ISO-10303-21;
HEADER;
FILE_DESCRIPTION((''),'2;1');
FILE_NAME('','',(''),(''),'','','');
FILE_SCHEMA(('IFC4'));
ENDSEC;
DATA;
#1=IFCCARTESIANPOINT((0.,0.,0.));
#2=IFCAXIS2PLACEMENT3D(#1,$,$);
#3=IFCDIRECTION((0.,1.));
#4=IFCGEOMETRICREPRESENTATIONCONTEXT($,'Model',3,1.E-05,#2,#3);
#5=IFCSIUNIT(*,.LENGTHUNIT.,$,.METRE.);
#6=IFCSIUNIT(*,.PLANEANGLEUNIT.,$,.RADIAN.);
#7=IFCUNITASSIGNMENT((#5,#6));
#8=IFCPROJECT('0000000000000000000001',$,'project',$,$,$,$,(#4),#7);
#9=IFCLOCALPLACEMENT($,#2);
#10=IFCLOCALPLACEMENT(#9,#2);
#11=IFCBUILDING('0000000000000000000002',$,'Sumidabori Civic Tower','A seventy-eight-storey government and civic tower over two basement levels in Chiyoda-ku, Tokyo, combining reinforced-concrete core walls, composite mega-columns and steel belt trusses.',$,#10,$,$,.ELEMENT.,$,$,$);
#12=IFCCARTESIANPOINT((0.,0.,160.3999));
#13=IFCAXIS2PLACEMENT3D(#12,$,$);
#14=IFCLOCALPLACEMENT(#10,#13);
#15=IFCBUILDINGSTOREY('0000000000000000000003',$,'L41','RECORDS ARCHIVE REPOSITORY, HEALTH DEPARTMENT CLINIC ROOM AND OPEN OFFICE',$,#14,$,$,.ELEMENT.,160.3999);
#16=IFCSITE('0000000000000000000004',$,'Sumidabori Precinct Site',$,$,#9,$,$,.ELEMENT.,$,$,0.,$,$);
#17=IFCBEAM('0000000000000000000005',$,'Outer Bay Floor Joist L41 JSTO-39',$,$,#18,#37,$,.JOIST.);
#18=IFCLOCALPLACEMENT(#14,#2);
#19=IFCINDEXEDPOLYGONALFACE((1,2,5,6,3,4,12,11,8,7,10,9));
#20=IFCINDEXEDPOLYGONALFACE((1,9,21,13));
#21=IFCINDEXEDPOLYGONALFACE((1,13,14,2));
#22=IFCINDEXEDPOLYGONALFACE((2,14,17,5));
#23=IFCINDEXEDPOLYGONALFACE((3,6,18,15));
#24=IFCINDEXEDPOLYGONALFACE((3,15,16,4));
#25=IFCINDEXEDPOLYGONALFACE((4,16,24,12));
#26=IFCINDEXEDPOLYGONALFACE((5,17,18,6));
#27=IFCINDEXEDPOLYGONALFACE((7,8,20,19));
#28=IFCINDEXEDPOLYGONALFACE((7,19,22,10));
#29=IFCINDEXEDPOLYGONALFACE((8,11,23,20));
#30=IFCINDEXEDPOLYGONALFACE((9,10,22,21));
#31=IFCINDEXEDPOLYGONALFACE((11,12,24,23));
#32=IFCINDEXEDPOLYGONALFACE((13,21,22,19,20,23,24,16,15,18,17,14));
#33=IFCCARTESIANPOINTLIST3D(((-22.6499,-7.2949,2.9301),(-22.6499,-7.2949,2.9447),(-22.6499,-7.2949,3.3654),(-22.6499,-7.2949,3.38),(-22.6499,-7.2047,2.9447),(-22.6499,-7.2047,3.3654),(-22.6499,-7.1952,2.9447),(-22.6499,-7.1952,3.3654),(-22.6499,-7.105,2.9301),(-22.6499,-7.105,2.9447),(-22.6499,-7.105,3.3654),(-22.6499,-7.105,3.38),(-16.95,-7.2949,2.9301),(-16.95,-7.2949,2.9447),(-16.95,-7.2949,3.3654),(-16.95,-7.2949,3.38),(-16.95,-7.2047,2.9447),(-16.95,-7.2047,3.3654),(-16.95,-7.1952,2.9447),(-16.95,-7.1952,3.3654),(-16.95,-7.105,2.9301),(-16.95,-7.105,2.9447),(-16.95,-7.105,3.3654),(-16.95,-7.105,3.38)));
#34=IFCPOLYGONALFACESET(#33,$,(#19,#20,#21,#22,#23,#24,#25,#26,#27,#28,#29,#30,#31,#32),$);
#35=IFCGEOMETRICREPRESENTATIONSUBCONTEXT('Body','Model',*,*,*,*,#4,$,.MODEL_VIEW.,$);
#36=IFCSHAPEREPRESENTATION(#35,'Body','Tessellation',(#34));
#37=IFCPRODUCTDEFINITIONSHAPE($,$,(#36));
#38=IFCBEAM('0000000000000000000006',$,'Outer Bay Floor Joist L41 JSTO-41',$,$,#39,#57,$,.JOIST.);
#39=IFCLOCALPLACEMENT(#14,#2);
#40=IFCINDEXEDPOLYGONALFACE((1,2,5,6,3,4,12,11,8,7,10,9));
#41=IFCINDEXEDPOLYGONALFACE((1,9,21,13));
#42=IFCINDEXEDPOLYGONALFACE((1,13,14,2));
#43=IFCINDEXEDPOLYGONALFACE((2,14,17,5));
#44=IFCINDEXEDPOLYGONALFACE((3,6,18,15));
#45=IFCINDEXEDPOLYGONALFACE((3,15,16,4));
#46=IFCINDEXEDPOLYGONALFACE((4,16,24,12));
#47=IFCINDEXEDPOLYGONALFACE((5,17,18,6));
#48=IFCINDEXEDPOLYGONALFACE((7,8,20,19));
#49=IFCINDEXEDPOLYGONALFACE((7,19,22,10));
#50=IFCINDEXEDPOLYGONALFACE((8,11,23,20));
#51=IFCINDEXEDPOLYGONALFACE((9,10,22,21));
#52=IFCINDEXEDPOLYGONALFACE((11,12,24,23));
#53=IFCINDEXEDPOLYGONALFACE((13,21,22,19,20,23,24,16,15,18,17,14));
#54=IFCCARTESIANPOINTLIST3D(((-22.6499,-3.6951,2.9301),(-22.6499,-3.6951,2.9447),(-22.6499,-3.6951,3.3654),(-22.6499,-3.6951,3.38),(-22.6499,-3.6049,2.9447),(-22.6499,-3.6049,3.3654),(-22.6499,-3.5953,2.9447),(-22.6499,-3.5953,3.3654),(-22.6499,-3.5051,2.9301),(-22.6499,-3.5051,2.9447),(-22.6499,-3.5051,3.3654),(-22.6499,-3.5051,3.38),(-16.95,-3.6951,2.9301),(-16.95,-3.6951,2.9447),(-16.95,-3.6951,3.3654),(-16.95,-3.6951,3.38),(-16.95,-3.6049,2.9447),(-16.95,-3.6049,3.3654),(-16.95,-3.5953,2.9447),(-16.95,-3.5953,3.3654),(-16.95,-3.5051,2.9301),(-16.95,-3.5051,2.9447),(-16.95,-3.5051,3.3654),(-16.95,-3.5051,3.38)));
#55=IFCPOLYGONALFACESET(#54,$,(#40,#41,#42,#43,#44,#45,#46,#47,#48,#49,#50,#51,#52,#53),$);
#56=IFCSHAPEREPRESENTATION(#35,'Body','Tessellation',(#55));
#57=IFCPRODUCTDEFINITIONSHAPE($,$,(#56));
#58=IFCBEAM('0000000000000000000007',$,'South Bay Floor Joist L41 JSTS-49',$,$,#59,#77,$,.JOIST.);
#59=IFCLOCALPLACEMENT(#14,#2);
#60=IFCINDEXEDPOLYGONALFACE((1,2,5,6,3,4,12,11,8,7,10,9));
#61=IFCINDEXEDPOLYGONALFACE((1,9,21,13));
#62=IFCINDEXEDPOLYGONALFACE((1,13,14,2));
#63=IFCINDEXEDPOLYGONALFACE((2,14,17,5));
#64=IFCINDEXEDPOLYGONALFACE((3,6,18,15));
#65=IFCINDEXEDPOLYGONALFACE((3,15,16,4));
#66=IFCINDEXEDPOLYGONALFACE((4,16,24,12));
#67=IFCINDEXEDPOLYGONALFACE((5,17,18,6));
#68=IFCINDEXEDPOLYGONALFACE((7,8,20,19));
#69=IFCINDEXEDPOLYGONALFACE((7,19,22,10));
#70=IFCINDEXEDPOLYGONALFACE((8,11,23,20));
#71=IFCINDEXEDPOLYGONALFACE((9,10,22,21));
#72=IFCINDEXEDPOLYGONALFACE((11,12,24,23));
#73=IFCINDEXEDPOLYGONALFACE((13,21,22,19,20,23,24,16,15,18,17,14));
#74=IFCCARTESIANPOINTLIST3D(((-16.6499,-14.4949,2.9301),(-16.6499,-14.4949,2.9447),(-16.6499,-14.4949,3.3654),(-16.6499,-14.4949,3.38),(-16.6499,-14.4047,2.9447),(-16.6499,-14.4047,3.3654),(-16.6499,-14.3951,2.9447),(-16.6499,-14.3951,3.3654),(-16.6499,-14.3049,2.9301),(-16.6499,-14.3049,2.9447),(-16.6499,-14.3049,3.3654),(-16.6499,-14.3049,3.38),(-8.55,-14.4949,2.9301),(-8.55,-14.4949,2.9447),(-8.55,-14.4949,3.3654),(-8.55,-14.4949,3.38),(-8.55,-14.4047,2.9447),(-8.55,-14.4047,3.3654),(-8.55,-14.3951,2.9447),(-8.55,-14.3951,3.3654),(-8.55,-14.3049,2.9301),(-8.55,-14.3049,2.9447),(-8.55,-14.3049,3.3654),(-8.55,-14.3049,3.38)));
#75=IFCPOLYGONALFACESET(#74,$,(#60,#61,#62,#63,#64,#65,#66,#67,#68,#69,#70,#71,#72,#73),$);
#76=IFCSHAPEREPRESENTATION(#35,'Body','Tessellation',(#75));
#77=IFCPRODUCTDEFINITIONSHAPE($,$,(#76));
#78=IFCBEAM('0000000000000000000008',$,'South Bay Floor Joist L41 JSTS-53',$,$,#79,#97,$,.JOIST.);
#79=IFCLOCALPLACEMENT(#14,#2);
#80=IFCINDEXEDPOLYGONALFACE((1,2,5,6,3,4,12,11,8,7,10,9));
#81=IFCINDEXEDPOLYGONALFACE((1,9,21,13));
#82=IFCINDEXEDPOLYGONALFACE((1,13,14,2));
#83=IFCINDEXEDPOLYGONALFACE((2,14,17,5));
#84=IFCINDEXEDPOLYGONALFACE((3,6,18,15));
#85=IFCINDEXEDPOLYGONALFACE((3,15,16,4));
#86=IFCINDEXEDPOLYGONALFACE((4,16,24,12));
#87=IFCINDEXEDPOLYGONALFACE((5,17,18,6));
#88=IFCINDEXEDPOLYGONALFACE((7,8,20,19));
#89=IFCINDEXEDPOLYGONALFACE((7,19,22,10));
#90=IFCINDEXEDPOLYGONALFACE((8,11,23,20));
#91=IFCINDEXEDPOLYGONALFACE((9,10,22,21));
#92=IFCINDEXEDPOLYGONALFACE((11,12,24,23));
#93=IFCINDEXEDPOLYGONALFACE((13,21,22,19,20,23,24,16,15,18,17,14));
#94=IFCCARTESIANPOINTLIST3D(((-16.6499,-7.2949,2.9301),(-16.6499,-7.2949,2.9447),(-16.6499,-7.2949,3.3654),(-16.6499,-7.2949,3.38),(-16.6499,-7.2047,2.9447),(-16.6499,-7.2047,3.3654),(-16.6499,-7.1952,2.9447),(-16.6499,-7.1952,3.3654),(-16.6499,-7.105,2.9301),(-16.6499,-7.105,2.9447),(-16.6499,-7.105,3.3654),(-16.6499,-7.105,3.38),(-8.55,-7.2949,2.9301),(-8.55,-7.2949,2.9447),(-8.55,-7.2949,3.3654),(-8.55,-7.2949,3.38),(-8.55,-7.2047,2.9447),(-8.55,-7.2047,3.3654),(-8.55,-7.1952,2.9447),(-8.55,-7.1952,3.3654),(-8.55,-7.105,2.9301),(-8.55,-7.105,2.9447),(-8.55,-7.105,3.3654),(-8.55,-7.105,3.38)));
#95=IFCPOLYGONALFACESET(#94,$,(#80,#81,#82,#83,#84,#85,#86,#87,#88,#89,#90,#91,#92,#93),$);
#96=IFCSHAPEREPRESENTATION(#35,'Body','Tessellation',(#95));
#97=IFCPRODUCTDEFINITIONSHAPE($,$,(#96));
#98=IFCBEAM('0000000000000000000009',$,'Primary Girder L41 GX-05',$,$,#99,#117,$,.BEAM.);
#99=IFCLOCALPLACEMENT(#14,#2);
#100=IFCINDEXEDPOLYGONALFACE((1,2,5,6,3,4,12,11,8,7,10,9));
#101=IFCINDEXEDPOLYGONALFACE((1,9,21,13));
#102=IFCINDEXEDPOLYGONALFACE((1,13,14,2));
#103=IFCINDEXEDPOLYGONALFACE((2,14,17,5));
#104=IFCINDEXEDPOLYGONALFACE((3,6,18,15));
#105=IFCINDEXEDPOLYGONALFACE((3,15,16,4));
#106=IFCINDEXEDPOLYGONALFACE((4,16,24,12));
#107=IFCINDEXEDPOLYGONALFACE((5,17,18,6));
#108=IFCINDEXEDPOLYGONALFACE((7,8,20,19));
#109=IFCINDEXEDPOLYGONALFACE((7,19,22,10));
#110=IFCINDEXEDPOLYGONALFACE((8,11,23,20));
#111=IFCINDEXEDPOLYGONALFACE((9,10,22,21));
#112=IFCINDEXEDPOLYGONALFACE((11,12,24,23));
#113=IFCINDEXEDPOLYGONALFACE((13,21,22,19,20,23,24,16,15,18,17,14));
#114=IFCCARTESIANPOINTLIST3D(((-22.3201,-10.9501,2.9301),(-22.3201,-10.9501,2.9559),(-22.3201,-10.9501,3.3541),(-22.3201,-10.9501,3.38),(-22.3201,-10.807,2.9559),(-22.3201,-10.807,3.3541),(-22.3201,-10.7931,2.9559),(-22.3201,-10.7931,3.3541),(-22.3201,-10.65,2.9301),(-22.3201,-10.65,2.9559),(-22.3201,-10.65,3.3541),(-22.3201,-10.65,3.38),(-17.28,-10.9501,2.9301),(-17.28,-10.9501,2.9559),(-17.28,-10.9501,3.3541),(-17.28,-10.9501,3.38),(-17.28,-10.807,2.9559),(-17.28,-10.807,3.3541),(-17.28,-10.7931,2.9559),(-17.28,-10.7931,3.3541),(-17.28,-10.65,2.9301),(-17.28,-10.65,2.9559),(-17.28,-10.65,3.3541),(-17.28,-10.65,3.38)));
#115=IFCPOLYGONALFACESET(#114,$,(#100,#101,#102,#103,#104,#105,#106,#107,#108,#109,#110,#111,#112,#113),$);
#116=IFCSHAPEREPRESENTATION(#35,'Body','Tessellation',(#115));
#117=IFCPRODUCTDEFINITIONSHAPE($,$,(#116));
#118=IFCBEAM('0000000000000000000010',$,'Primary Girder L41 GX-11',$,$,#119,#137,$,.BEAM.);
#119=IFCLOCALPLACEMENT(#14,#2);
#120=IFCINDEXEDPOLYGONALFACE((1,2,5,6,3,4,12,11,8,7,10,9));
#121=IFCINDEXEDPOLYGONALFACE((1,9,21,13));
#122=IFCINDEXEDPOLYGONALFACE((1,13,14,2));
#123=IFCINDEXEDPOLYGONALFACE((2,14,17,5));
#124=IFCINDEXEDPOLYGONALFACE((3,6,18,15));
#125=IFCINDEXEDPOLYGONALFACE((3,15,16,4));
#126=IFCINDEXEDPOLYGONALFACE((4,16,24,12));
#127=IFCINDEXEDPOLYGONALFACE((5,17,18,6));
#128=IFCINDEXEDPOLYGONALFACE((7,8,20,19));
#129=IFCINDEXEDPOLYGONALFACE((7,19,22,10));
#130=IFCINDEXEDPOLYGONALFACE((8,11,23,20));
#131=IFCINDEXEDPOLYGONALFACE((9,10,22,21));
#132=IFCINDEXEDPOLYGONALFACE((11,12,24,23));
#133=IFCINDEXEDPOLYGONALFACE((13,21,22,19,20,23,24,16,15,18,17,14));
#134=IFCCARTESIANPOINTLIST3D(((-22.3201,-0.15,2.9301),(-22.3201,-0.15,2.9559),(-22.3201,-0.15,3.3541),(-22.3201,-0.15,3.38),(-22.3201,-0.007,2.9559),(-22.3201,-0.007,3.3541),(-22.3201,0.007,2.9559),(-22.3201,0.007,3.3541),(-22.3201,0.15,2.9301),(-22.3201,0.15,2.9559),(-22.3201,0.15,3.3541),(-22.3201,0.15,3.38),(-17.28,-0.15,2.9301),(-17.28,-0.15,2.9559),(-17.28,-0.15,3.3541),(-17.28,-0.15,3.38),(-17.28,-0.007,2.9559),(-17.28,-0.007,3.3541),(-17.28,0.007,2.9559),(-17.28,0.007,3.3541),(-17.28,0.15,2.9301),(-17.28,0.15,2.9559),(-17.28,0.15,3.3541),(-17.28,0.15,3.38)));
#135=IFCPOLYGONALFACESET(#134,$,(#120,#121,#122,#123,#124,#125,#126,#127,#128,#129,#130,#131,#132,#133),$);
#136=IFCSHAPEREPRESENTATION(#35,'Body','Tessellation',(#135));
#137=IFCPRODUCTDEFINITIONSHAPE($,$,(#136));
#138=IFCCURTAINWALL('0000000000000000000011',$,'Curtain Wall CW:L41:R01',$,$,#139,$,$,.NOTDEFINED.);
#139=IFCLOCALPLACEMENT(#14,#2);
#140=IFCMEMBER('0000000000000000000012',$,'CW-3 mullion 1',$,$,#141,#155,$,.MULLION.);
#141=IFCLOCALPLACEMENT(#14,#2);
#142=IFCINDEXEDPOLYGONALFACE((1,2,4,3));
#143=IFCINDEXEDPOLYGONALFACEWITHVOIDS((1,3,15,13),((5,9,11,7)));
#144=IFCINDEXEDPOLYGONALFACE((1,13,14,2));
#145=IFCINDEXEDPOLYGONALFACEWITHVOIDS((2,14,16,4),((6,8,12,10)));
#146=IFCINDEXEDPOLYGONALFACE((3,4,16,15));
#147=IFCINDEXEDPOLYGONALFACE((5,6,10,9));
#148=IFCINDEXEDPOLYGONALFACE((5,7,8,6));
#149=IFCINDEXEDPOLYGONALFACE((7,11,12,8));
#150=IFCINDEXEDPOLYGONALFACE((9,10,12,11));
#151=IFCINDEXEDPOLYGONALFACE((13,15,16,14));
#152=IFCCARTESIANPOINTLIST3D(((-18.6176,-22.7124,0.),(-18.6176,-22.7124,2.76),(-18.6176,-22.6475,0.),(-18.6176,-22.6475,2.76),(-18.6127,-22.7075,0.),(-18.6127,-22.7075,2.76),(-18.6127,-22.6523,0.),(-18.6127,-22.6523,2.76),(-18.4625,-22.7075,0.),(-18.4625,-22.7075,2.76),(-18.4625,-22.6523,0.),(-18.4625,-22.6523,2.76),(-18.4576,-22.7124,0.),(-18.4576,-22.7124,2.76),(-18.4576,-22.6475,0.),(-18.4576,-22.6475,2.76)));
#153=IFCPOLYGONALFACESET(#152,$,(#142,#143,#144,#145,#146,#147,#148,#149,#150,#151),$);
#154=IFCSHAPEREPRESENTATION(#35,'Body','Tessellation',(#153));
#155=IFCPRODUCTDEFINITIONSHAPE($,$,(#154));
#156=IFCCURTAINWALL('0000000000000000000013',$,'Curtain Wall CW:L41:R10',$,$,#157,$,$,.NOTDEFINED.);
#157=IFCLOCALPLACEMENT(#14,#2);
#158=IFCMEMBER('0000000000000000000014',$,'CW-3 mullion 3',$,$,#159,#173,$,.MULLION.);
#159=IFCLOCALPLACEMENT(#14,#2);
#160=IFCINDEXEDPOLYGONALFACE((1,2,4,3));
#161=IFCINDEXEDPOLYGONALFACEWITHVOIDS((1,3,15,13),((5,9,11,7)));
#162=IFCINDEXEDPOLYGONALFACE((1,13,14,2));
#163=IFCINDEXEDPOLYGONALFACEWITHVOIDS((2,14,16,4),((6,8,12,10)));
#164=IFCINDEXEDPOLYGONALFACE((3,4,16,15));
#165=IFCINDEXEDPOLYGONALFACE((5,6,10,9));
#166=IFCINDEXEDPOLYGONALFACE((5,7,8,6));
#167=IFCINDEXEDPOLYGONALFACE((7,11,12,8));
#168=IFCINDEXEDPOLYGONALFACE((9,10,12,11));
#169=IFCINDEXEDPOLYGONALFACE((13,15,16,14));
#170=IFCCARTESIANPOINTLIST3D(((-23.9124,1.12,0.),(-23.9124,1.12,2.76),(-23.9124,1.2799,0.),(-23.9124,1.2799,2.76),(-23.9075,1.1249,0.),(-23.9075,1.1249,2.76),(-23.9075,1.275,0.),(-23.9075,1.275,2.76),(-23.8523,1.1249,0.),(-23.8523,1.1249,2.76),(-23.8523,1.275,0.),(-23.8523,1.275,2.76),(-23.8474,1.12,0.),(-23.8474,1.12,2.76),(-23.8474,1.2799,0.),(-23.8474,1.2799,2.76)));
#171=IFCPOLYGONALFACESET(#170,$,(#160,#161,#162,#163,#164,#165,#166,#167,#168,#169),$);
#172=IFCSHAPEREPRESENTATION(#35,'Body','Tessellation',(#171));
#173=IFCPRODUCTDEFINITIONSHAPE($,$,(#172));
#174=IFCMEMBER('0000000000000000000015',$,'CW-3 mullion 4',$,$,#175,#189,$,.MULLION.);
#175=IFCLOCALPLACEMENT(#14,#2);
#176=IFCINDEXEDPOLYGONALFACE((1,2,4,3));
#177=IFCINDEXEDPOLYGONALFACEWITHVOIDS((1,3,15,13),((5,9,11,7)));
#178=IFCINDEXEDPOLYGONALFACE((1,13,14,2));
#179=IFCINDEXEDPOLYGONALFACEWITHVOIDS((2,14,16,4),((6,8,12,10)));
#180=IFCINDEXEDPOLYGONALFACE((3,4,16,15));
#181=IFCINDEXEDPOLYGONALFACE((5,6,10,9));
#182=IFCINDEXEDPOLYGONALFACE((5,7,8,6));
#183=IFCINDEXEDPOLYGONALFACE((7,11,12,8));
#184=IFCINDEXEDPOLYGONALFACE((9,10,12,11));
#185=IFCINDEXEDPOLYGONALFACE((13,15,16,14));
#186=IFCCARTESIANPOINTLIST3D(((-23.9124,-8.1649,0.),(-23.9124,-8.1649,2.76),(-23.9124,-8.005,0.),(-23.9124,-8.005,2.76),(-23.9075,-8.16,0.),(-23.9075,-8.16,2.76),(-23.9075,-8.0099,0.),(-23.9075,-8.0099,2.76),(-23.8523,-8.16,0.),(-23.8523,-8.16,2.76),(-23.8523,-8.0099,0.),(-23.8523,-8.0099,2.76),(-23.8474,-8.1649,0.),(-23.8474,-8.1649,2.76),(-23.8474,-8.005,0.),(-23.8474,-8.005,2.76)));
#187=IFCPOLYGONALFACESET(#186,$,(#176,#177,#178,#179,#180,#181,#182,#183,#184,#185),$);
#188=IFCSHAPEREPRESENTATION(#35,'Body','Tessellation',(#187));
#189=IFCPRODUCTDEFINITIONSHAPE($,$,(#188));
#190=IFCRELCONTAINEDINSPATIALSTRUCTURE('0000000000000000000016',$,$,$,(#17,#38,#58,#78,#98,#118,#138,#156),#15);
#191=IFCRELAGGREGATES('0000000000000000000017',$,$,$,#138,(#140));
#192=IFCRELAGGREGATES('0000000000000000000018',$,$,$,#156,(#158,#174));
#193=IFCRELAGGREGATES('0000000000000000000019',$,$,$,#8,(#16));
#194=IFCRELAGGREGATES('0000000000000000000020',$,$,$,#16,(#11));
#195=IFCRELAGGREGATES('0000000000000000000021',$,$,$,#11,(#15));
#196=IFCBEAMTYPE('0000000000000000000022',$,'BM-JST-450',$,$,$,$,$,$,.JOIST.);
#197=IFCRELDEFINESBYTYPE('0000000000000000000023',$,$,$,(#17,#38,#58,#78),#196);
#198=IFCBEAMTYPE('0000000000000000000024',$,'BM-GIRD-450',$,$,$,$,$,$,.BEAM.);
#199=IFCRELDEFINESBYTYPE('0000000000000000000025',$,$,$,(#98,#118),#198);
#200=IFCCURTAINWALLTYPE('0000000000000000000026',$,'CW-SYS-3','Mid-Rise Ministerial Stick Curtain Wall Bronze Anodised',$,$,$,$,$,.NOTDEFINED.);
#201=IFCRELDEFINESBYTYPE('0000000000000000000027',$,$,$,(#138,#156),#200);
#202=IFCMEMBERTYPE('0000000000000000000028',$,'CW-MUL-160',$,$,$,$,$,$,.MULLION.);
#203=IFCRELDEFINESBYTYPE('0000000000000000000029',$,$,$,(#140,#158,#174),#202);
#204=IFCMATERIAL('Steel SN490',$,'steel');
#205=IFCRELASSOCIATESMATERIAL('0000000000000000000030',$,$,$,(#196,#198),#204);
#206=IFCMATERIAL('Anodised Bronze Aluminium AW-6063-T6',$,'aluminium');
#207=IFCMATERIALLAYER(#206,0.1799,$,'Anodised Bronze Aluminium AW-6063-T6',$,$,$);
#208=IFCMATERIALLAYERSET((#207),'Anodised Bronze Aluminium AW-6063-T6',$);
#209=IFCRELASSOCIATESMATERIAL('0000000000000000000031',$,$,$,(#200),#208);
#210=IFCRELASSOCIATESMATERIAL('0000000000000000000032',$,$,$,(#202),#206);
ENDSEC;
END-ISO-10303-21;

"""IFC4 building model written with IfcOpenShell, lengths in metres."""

from ifc_helpers import new_model, si_unit, direction, frame, origin, origin_2d, place, context, subcontext, project, spatial, hollow_rectangle, i_section, extrude, source, transform, mapped, material, layer, layer_set, material_profile, profile_set, type_object, element, aggregate, save


model = new_model("IFC4")

# Units and contexts
model_context = context("Model", 3, precision=1e-05, world=origin(), true_north=direction((0.0, 1.0)))
body_context = subcontext(model_context, "Body", "Model", "MODEL_VIEW")
ifc_project = project(units=[si_unit("LENGTHUNIT", "METRE"), si_unit("PLANEANGLEUNIT", "RADIAN")], contexts=[model_context])

# Site, building, storey
site_placement = place(None, origin())
site = spatial("IfcSite", under=ifc_project, at=site_placement, Name="Sumidabori Precinct Site", CompositionType="ELEMENT", RefElevation=0.0)
building_placement = place(site_placement, origin())
building = spatial("IfcBuilding", under=site, at=building_placement, Name="Sumidabori Civic Tower", Description="A seventy-eight-storey government and civic tower over two basement levels in Chiyoda-ku, Tokyo, combining reinforced-concrete core walls, composite mega-columns and steel belt trusses.", CompositionType="ELEMENT")
storey_placement = place(building_placement, frame((0.0, 0.0, 160.3999)))
storey = spatial("IfcBuildingStorey", under=building, at=storey_placement, Name="L41", Description="RECORDS ARCHIVE REPOSITORY, HEALTH DEPARTMENT CLINIC ROOM AND OPEN OFFICE", CompositionType="ELEMENT", Elevation=160.3999)

# Beams
ifc_material_1 = material(Name="Steel SN490", Category="steel")
ifc_material_profile_1 = material_profile(ifc_material_1, i_section(OverallWidth=0.1899, OverallDepth=0.45, WebThickness=0.0095, FlangeThickness=0.0146, at=origin_2d()), Name="IPE 450")
ifc_profile_set_1 = profile_set([ifc_material_profile_1], Name="Steel SN490")
beam_type_1 = type_object("IfcBeamType", Name="BM-JST-450", PredefinedType="JOIST", material=ifc_profile_set_1)
shared_shape_1 = source(origin(), body_context, "Body", "SweptSolid", [
    extrude(i_section(OverallWidth=0.1899, OverallDepth=0.45, WebThickness=0.0095, FlangeThickness=0.0146, at=origin_2d()), origin(), (0.0, 0.0, 1.0), 5.7),
])
for number, where, z_axis, x_axis, name in (
    (1, (-22.6499, -7.2, 3.155), (1.0, 0.0, 0.0), (0.0, 1.0, 0.0), "Outer Bay Floor Joist L41 JSTO-39"),
    (2, (-22.6499, -3.6001, 3.155), (1.0, 0.0, 0.0), (0.0, 1.0, 0.0), "Outer Bay Floor Joist L41 JSTO-41"),
):
    element("IfcBeam", number, at=place(storey_placement, frame(where, z_axis=z_axis, x_axis=x_axis)), inside=storey, type_object=beam_type_1, Name=name, PredefinedType="JOIST", context=body_context, shape_type="MappedRepresentation", body=[
        mapped(shared_shape_1, transform((0.0, 0.0, 0.0), x_axis=(1.0, 0.0, 0.0), y_axis=(0.0, 1.0, 0.0), z_axis=(0.0, 0.0, 1.0), scale=1.0)),
    ])
shared_shape_2 = source(origin(), body_context, "Body", "SweptSolid", [
    extrude(i_section(OverallWidth=0.1899, OverallDepth=0.45, WebThickness=0.0095, FlangeThickness=0.0146, at=origin_2d()), origin(), (0.0, 0.0, 1.0), 8.0999),
])
for number, where, z_axis, x_axis, name in (
    (3, (-16.6499, -14.3999, 3.155), (1.0, 0.0, 0.0), (0.0, 1.0, 0.0), "South Bay Floor Joist L41 JSTS-49"),
    (4, (-16.6499, -7.2, 3.155), (1.0, 0.0, 0.0), (0.0, 1.0, 0.0), "South Bay Floor Joist L41 JSTS-53"),
):
    element("IfcBeam", number, at=place(storey_placement, frame(where, z_axis=z_axis, x_axis=x_axis)), inside=storey, type_object=beam_type_1, Name=name, PredefinedType="JOIST", context=body_context, shape_type="MappedRepresentation", body=[
        mapped(shared_shape_2, transform((0.0, 0.0, 0.0), x_axis=(1.0, 0.0, 0.0), y_axis=(0.0, 1.0, 0.0), z_axis=(0.0, 0.0, 1.0), scale=1.0)),
    ])
ifc_material_profile_2 = material_profile(ifc_material_1, i_section(OverallWidth=0.3, OverallDepth=0.45, WebThickness=0.0139, FlangeThickness=0.0259, at=origin_2d()), Name="HE 450 B")
ifc_profile_set_2 = profile_set([ifc_material_profile_2], Name="Steel SN490")
beam_type_2 = type_object("IfcBeamType", Name="BM-GIRD-450", PredefinedType="BEAM", material=ifc_profile_set_2)
shared_shape_3 = source(origin(), body_context, "Body", "SweptSolid", [
    extrude(i_section(OverallWidth=0.3, OverallDepth=0.45, WebThickness=0.0139, FlangeThickness=0.0259, at=origin_2d()), origin(), (0.0, 0.0, 1.0), 5.04),
])
for number, where, z_axis, x_axis, name in (
    (5, (-22.3201, -10.8, 3.155), (1.0, 0.0, 0.0), (0.0, 1.0, 0.0), "Primary Girder L41 GX-05"),
    (6, (-22.3201, 0.0, 3.155), (1.0, 0.0, 0.0), (0.0, 1.0, 0.0), "Primary Girder L41 GX-11"),
):
    element("IfcBeam", number, at=place(storey_placement, frame(where, z_axis=z_axis, x_axis=x_axis)), inside=storey, type_object=beam_type_2, Name=name, PredefinedType="BEAM", context=body_context, shape_type="MappedRepresentation", body=[
        mapped(shared_shape_3, transform((0.0, 0.0, 0.0), x_axis=(1.0, 0.0, 0.0), y_axis=(0.0, 1.0, 0.0), z_axis=(0.0, 0.0, 1.0), scale=1.0)),
    ])

# Curtain wall, member
ifc_material_2 = material(Name="Anodised Bronze Aluminium AW-6063-T6", Category="aluminium")
ifc_layer_1 = layer(ifc_material_2, 0.1799, Name="Anodised Bronze Aluminium AW-6063-T6")
ifc_layer_set_1 = layer_set([ifc_layer_1], Name="Anodised Bronze Aluminium AW-6063-T6")
curtain_wall_type = type_object("IfcCurtainWallType", Name="CW-SYS-3", Description="Mid-Rise Ministerial Stick Curtain Wall Bronze Anodised", PredefinedType="NOTDEFINED", material=ifc_layer_set_1)
curtain_wall_1_placement = place(storey_placement, origin())
curtain_wall_1 = element("IfcCurtainWall", 7, at=curtain_wall_1_placement, inside=storey, type_object=curtain_wall_type, Name="Curtain Wall CW:L41:R01", PredefinedType="NOTDEFINED")
ifc_material_profile_3 = material_profile(ifc_material_2, hollow_rectangle(XDim=0.0649, YDim=0.1599, WallThickness=0.0049, at=origin_2d()), Name="ALU MULLION 160x65")
ifc_profile_set_3 = profile_set([ifc_material_profile_3], Name="Anodised Bronze Aluminium AW-6063-T6")
member_type_1 = type_object("IfcMemberType", Name="CW-MUL-160", PredefinedType="MULLION", material=ifc_profile_set_3)
shared_shape_4 = source(origin(), body_context, "Body", "SweptSolid", [
    extrude(hollow_rectangle(XDim=0.0649, YDim=0.1599, WallThickness=0.0049, at=origin_2d()), origin(), (0.0, 0.0, 1.0), 2.76),
])
member_1_placement = place(storey_placement, frame((-18.5376, -22.6799, 0.0), z_axis=(0.0, 0.0, 1.0), x_axis=(0.0, 1.0, 0.0)))
member_1 = element("IfcMember", 8, at=member_1_placement, type_object=member_type_1, Name="CW-3 mullion 1", PredefinedType="MULLION", context=body_context, shape_type="MappedRepresentation", body=[
    mapped(shared_shape_4, transform((0.0, 0.0, 0.0), x_axis=(1.0, 0.0, 0.0), y_axis=(0.0, 1.0, 0.0), z_axis=(0.0, 0.0, 1.0), scale=1.0)),
])

# Curtain wall, members
curtain_wall_2_placement = place(storey_placement, origin())
curtain_wall_2 = element("IfcCurtainWall", 9, at=curtain_wall_2_placement, inside=storey, type_object=curtain_wall_type, Name="Curtain Wall CW:L41:R10", PredefinedType="NOTDEFINED")
member_2_placement = place(storey_placement, frame((-23.8799, 1.2, 0.0), z_axis=(0.0, 0.0, 1.0), x_axis=(1.0, 0.0, 0.0)))
member_2 = element("IfcMember", 10, at=member_2_placement, type_object=member_type_1, Name="CW-3 mullion 3", PredefinedType="MULLION", context=body_context, shape_type="MappedRepresentation", body=[
    mapped(shared_shape_4, transform((0.0, 0.0, 0.0), x_axis=(1.0, 0.0, 0.0), y_axis=(0.0, 1.0, 0.0), z_axis=(0.0, 0.0, 1.0), scale=1.0)),
])
member_3_placement = place(storey_placement, frame((-23.8799, -8.085, 0.0), z_axis=(0.0, 0.0, 1.0), x_axis=(1.0, 0.0, 0.0)))
member_3 = element("IfcMember", 11, at=member_3_placement, type_object=member_type_1, Name="CW-3 mullion 4", PredefinedType="MULLION", context=body_context, shape_type="MappedRepresentation", body=[
    mapped(shared_shape_4, transform((0.0, 0.0, 0.0), x_axis=(1.0, 0.0, 0.0), y_axis=(0.0, 1.0, 0.0), z_axis=(0.0, 0.0, 1.0), scale=1.0)),
])

aggregate(curtain_wall_1, [member_1])

aggregate(curtain_wall_2, [member_2, member_3])

save(model, "model.ifc")
